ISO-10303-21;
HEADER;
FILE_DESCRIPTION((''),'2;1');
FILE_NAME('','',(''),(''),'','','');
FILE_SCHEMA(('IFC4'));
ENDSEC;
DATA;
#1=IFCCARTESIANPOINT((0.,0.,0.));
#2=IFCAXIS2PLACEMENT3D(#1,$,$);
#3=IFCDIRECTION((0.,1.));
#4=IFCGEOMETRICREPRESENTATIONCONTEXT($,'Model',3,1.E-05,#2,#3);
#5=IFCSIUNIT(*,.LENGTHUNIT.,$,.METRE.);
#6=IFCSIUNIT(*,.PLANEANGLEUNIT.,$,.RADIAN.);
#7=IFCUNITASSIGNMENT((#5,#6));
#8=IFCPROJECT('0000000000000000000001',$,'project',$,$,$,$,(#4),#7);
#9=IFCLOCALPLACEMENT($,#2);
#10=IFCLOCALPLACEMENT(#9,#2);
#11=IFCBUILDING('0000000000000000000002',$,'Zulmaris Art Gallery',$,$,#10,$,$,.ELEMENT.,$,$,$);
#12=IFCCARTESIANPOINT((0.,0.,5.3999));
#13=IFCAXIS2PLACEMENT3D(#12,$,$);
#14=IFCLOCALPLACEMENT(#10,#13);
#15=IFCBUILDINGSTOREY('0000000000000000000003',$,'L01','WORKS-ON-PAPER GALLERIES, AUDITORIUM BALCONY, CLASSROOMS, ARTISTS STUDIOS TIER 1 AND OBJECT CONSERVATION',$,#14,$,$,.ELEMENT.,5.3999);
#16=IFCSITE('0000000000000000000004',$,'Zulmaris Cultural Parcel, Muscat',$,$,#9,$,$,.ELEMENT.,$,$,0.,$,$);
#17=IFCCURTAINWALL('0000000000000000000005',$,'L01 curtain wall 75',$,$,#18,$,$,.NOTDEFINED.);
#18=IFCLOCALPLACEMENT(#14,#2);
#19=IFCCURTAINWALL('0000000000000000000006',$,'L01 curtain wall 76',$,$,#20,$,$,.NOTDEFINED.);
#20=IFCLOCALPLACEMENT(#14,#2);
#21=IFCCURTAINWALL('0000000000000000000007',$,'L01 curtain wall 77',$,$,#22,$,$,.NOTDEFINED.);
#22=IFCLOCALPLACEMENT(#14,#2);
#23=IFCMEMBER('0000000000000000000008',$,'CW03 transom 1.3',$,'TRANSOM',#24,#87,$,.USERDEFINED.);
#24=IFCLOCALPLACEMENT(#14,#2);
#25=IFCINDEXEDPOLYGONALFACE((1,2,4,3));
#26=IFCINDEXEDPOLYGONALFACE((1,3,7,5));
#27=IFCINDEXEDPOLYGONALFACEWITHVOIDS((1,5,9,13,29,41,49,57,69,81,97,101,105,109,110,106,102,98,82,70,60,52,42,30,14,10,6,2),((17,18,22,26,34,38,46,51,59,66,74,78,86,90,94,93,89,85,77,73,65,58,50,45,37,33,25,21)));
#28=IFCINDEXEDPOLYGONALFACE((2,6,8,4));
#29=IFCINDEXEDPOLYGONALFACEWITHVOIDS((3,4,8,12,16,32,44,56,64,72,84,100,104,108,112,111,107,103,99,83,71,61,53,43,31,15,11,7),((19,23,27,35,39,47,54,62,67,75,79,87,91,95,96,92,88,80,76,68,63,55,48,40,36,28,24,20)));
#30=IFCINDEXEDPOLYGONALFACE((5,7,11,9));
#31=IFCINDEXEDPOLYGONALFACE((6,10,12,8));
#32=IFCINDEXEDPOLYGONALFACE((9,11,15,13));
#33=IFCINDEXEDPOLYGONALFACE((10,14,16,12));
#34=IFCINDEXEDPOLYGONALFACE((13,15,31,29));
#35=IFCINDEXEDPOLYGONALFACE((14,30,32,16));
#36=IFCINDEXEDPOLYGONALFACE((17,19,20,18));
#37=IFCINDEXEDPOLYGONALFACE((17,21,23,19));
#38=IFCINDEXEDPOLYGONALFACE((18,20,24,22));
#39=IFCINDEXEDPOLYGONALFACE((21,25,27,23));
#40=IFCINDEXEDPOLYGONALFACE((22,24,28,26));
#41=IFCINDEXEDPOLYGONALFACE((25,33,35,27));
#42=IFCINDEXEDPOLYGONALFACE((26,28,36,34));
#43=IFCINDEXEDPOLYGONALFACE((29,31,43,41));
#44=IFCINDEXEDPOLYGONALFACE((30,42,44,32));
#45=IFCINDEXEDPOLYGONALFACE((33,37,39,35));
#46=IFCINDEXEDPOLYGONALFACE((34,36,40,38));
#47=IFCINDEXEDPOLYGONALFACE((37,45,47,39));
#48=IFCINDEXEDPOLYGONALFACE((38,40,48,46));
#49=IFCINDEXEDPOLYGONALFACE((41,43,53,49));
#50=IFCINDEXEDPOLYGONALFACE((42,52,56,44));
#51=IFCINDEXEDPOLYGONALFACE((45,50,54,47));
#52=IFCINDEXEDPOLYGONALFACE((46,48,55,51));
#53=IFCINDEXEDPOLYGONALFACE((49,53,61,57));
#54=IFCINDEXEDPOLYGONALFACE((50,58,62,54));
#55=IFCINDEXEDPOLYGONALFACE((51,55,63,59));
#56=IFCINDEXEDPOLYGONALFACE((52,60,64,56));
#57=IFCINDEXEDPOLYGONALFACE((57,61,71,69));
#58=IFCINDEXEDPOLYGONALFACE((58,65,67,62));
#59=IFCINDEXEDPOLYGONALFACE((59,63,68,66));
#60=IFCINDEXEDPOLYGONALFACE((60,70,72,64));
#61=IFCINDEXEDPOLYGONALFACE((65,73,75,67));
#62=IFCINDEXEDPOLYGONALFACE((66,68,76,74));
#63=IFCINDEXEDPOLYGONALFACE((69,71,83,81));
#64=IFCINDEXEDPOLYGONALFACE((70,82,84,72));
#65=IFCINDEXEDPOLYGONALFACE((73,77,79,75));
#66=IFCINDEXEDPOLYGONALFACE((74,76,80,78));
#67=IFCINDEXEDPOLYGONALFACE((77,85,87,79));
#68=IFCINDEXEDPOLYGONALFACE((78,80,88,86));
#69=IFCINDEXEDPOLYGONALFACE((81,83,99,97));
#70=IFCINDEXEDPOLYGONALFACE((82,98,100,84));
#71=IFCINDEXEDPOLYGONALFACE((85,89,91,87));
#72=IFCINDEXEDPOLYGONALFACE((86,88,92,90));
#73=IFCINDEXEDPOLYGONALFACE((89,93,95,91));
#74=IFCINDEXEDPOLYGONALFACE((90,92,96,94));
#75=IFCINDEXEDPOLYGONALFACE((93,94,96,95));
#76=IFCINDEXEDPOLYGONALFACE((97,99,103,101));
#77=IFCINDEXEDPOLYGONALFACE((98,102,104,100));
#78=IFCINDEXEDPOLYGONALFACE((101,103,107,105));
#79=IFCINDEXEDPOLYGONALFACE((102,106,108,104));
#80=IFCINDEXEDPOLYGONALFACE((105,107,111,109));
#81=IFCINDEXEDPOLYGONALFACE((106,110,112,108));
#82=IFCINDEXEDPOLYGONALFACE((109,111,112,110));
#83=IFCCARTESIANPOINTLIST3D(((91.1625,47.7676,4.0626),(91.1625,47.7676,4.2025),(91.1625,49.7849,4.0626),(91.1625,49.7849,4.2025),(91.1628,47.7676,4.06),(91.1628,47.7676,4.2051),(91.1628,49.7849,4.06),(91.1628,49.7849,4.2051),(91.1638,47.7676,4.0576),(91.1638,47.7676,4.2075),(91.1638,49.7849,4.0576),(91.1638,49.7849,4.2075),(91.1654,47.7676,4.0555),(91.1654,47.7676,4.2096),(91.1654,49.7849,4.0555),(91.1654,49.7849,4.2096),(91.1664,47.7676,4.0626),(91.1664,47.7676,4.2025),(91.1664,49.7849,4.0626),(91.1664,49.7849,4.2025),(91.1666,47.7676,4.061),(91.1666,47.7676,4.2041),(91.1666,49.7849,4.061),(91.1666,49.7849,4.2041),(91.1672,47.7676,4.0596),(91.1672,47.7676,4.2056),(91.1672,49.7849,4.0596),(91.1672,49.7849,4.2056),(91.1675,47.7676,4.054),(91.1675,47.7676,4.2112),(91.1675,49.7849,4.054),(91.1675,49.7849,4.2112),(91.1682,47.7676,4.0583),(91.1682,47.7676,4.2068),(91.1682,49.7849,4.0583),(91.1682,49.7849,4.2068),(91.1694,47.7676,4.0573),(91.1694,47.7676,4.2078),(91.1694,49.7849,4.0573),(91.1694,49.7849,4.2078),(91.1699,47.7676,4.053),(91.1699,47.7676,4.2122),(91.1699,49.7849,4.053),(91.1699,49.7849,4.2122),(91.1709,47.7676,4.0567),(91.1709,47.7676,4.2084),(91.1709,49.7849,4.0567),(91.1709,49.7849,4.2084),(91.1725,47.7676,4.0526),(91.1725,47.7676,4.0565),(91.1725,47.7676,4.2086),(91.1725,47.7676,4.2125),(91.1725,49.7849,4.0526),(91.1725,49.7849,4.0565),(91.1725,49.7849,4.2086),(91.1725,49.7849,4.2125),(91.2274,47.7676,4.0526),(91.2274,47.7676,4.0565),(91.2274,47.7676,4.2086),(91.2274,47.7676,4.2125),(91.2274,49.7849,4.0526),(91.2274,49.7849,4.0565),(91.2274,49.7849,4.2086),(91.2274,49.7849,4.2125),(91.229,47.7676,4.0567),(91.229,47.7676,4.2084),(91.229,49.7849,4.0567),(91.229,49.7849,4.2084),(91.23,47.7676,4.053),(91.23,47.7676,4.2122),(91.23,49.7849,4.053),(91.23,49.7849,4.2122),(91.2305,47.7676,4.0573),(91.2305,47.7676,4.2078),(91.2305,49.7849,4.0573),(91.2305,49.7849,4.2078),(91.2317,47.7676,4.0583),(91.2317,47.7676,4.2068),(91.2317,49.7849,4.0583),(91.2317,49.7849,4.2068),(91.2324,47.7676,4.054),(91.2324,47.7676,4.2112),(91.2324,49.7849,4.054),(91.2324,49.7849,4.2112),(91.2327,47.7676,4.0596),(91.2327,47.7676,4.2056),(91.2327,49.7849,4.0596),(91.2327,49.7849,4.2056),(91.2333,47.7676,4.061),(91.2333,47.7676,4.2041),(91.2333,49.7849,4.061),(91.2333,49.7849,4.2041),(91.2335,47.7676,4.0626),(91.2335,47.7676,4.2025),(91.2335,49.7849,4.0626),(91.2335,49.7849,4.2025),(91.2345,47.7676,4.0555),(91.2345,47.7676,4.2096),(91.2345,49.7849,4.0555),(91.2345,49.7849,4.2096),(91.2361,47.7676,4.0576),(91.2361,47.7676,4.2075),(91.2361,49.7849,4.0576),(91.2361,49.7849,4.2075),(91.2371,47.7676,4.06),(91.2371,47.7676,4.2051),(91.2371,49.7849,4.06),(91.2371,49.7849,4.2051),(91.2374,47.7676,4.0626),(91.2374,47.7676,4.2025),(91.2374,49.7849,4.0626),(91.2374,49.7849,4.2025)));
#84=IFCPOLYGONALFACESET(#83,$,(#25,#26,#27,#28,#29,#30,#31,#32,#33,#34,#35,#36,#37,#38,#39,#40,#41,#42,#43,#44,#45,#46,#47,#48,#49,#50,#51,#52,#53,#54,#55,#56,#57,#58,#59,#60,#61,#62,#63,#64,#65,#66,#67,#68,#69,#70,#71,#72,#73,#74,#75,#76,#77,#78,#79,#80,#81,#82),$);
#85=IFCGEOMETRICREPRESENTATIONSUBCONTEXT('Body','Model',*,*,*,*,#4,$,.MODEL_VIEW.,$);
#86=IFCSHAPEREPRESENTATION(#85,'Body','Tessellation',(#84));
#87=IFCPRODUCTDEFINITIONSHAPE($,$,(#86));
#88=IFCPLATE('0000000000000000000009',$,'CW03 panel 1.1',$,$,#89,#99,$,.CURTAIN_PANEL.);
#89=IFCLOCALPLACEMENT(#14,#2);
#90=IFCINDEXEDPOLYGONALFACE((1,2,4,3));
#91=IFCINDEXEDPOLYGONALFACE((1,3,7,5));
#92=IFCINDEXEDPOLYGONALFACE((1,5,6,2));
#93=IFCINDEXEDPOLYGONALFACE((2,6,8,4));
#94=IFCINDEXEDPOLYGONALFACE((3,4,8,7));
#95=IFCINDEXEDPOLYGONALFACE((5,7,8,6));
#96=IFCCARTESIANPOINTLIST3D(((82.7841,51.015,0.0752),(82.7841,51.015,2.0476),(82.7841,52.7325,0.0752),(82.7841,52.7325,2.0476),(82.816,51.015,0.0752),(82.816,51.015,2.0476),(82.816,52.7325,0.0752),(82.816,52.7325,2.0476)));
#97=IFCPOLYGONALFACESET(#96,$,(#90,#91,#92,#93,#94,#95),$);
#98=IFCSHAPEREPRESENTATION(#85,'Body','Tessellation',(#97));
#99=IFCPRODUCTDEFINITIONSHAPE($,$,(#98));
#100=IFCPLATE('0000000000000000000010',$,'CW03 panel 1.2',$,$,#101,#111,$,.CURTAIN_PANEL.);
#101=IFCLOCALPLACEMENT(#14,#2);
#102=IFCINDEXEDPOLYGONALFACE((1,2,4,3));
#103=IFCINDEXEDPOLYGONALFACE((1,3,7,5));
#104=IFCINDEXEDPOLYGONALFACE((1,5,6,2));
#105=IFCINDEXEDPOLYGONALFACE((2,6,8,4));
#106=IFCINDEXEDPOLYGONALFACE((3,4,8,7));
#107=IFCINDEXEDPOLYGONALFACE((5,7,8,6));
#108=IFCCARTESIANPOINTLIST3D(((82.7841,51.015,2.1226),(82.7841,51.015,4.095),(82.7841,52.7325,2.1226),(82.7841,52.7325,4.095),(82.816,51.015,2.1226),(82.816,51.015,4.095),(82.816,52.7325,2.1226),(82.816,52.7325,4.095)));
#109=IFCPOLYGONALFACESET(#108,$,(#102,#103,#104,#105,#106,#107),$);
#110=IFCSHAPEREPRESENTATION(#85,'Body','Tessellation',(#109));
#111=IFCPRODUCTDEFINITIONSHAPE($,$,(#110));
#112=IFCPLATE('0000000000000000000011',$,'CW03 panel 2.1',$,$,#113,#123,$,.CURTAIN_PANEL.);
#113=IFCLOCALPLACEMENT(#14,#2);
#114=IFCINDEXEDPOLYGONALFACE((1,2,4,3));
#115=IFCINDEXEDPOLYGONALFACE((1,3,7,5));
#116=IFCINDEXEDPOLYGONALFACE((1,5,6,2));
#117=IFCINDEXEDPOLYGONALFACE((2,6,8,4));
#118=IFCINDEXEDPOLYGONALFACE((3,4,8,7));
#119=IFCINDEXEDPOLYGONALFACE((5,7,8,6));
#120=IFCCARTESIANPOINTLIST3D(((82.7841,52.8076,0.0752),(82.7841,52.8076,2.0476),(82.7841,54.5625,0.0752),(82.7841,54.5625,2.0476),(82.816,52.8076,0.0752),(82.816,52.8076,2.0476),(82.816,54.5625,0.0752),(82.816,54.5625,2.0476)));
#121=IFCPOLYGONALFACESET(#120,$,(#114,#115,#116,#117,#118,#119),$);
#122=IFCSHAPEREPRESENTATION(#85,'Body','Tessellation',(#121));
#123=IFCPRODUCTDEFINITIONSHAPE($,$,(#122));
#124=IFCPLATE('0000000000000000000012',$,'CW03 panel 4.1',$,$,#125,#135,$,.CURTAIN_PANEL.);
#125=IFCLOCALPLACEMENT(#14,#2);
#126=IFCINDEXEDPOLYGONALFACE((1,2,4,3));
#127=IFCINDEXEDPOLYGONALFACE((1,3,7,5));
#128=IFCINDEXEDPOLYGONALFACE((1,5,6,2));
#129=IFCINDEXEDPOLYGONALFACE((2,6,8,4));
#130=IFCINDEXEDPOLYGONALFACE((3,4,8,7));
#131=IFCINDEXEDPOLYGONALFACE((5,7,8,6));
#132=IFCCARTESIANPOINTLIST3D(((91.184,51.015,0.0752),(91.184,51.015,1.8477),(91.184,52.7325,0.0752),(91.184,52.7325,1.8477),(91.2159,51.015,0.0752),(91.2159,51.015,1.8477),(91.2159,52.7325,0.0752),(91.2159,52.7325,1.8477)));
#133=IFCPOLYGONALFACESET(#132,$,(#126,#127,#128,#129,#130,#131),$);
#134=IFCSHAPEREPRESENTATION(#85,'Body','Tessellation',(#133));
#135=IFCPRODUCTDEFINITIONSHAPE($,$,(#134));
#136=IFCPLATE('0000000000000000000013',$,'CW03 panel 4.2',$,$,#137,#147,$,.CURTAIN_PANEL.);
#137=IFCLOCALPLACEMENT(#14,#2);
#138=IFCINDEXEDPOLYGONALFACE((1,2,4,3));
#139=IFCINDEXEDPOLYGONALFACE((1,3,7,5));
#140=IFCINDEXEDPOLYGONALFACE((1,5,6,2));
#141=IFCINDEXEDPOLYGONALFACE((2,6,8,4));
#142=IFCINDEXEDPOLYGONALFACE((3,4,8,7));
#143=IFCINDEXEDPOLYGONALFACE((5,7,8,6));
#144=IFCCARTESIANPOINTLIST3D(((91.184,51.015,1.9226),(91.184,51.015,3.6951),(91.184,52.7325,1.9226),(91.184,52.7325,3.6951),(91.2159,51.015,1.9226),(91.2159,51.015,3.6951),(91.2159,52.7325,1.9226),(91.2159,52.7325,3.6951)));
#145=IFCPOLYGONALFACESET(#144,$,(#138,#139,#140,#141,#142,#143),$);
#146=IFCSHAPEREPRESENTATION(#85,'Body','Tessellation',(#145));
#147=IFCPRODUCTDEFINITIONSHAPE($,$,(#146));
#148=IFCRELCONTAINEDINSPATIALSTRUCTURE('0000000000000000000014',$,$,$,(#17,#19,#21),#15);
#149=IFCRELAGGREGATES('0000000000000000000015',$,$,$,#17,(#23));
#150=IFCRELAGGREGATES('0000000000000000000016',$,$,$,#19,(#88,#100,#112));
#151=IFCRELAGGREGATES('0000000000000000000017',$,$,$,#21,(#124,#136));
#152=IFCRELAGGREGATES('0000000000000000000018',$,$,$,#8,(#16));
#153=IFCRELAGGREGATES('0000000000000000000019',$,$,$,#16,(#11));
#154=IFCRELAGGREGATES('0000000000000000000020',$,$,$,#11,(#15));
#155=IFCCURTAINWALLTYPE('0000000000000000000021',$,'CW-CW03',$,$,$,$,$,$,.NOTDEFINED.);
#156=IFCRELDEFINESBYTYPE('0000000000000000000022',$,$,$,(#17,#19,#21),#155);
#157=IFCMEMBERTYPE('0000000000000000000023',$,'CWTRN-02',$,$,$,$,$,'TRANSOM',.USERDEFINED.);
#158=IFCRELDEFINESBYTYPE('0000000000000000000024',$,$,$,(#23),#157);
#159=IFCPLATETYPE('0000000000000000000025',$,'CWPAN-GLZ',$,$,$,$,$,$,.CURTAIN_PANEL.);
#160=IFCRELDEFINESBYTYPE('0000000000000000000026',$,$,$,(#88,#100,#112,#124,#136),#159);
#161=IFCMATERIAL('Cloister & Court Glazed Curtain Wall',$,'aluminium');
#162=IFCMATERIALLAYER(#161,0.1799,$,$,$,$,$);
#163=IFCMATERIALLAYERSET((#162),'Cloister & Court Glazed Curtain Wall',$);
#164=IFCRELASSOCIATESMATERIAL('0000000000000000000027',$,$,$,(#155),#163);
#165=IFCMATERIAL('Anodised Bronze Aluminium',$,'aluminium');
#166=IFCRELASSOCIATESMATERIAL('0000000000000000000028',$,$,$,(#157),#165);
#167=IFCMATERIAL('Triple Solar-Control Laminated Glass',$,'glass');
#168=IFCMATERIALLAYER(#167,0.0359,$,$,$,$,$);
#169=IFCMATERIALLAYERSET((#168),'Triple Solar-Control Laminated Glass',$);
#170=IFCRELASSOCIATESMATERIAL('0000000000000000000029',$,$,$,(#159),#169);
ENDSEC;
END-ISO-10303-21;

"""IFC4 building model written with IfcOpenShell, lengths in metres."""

from ifc_helpers import new_model, si_unit, direction, frame, origin, origin_2d, place, context, subcontext, project, spatial, rectangle, hollow_rectangle, extrude, material, layer, layer_set, material_profile, profile_set, type_object, element, aggregate, save


model = new_model("IFC4")

# Units and contexts
model_context = context("Model", 3, precision=1e-05, world=origin(), true_north=direction((0.0, 1.0)))
body_context = subcontext(model_context, "Body", "Model", "MODEL_VIEW")
ifc_project = project(units=[si_unit("LENGTHUNIT", "METRE"), si_unit("PLANEANGLEUNIT", "RADIAN")], contexts=[model_context])

# Site, building, storey
site_placement = place(None, origin())
site = spatial("IfcSite", under=ifc_project, at=site_placement, Name="Zulmaris Cultural Parcel, Muscat", CompositionType="ELEMENT", RefElevation=0.0)
building_placement = place(site_placement, origin())
building = spatial("IfcBuilding", under=site, at=building_placement, Name="Zulmaris Art Gallery", CompositionType="ELEMENT")
storey_placement = place(building_placement, frame((0.0, 0.0, 5.3999)))
storey = spatial("IfcBuildingStorey", under=building, at=storey_placement, Name="L01", Description="WORKS-ON-PAPER GALLERIES, AUDITORIUM BALCONY, CLASSROOMS, ARTISTS STUDIOS TIER 1 AND OBJECT CONSERVATION", CompositionType="ELEMENT", Elevation=5.3999)

# Curtain wall
ifc_material_1 = material(Name="Cloister & Court Glazed Curtain Wall", Category="aluminium")
ifc_layer_1 = layer(ifc_material_1, 0.1799)
ifc_layer_set_1 = layer_set([ifc_layer_1], Name="Cloister & Court Glazed Curtain Wall")
curtain_wall_type = type_object("IfcCurtainWallType", Name="CW-CW03", PredefinedType="NOTDEFINED", material=ifc_layer_set_1)
curtain_wall_1_placement = place(storey_placement, origin())
curtain_wall_1 = element("IfcCurtainWall", 1, at=curtain_wall_1_placement, inside=storey, type_object=curtain_wall_type, Name="L01 curtain wall 75", PredefinedType="NOTDEFINED")
ifc_material_2 = material(Name="Anodised Bronze Aluminium", Category="aluminium")

# Curtain walls
curtain_wall_2_placement = place(storey_placement, origin())
curtain_wall_2 = element("IfcCurtainWall", 2, at=curtain_wall_2_placement, inside=storey, type_object=curtain_wall_type, Name="L01 curtain wall 76", PredefinedType="NOTDEFINED")
curtain_wall_3_placement = place(storey_placement, origin())
curtain_wall_3 = element("IfcCurtainWall", 3, at=curtain_wall_3_placement, inside=storey, type_object=curtain_wall_type, Name="L01 curtain wall 77", PredefinedType="NOTDEFINED")

# Member
ifc_material_profile_1 = material_profile(ifc_material_2, hollow_rectangle(XDim=0.075, YDim=0.1599, WallThickness=0.0039, InnerFilletRadius=0.0061, OuterFilletRadius=0.01, at=origin_2d()), Name="ALU 75x160x4")
ifc_profile_set_1 = profile_set([ifc_material_profile_1], Name="Anodised Bronze Aluminium")
member_type_1 = type_object("IfcMemberType", Name="CWTRN-02", ElementType="TRANSOM", PredefinedType="USERDEFINED", material=ifc_profile_set_1)
member_1_placement = place(storey_placement, frame((91.2, 49.7849, 4.1326), z_axis=(0.0, -1.0, 0.0), x_axis=(1.0, 0.0, 0.0)))
member_1 = element("IfcMember", 4, at=member_1_placement, type_object=member_type_1, Name="CW03 transom 1.3", ObjectType="TRANSOM", PredefinedType="USERDEFINED", context=body_context, shape_type="SweptSolid", body=[
    extrude(hollow_rectangle(XDim=0.075, YDim=0.1599, WallThickness=0.0039, InnerFilletRadius=0.0061, OuterFilletRadius=0.01, at=origin_2d()), origin(), (0.0, 0.0, 1.0), 2.0173),
])
aggregate(curtain_wall_1, [member_1])

# Plates
ifc_material_3 = material(Name="Triple Solar-Control Laminated Glass", Category="glass")
ifc_layer_2 = layer(ifc_material_3, 0.0359)
ifc_layer_set_2 = layer_set([ifc_layer_2], Name="Triple Solar-Control Laminated Glass")
plate_type = type_object("IfcPlateType", Name="CWPAN-GLZ", PredefinedType="CURTAIN_PANEL", material=ifc_layer_set_2)
plate_1_placement = place(storey_placement, frame((82.8, 51.8738, 0.0752), z_axis=(0.0, 0.0, 1.0), x_axis=(0.0, 1.0, 0.0)))
plate_1 = element("IfcPlate", 5, at=plate_1_placement, type_object=plate_type, Name="CW03 panel 1.1", PredefinedType="CURTAIN_PANEL", context=body_context, shape_type="SweptSolid", body=[
    extrude(rectangle(XDim=1.7175, YDim=0.032, at=origin_2d()), origin(), (0.0, 0.0, 1.0), 1.9724),
])
plate_2_placement = place(storey_placement, frame((82.8, 51.8738, 2.1226), z_axis=(0.0, 0.0, 1.0), x_axis=(0.0, 1.0, 0.0)))
plate_2 = element("IfcPlate", 6, at=plate_2_placement, type_object=plate_type, Name="CW03 panel 1.2", PredefinedType="CURTAIN_PANEL", context=body_context, shape_type="SweptSolid", body=[
    extrude(rectangle(XDim=1.7175, YDim=0.032, at=origin_2d()), origin(), (0.0, 0.0, 1.0), 1.9724),
])
plate_3_placement = place(storey_placement, frame((82.8, 53.6851, 0.0752), z_axis=(0.0, 0.0, 1.0), x_axis=(0.0, 1.0, 0.0)))
plate_3 = element("IfcPlate", 7, at=plate_3_placement, type_object=plate_type, Name="CW03 panel 2.1", PredefinedType="CURTAIN_PANEL", context=body_context, shape_type="SweptSolid", body=[
    extrude(rectangle(XDim=1.7549, YDim=0.032, at=origin_2d()), origin(), (0.0, 0.0, 1.0), 1.9724),
])
aggregate(curtain_wall_2, [plate_1, plate_2, plate_3])
plate_4_placement = place(storey_placement, frame((91.2, 51.8738, 0.0752), z_axis=(0.0, 0.0, 1.0), x_axis=(0.0, -1.0, 0.0)))
plate_4 = element("IfcPlate", 8, at=plate_4_placement, type_object=plate_type, Name="CW03 panel 4.1", PredefinedType="CURTAIN_PANEL", context=body_context, shape_type="SweptSolid", body=[
    extrude(rectangle(XDim=1.7175, YDim=0.032, at=origin_2d()), origin(), (0.0, 0.0, 1.0), 1.7725),
])
plate_5_placement = place(storey_placement, frame((91.2, 51.8738, 1.9226), z_axis=(0.0, 0.0, 1.0), x_axis=(0.0, -1.0, 0.0)))
plate_5 = element("IfcPlate", 9, at=plate_5_placement, type_object=plate_type, Name="CW03 panel 4.2", PredefinedType="CURTAIN_PANEL", context=body_context, shape_type="SweptSolid", body=[
    extrude(rectangle(XDim=1.7175, YDim=0.032, at=origin_2d()), origin(), (0.0, 0.0, 1.0), 1.7725),
])
aggregate(curtain_wall_3, [plate_4, plate_5])

save(model, "model.ifc")
